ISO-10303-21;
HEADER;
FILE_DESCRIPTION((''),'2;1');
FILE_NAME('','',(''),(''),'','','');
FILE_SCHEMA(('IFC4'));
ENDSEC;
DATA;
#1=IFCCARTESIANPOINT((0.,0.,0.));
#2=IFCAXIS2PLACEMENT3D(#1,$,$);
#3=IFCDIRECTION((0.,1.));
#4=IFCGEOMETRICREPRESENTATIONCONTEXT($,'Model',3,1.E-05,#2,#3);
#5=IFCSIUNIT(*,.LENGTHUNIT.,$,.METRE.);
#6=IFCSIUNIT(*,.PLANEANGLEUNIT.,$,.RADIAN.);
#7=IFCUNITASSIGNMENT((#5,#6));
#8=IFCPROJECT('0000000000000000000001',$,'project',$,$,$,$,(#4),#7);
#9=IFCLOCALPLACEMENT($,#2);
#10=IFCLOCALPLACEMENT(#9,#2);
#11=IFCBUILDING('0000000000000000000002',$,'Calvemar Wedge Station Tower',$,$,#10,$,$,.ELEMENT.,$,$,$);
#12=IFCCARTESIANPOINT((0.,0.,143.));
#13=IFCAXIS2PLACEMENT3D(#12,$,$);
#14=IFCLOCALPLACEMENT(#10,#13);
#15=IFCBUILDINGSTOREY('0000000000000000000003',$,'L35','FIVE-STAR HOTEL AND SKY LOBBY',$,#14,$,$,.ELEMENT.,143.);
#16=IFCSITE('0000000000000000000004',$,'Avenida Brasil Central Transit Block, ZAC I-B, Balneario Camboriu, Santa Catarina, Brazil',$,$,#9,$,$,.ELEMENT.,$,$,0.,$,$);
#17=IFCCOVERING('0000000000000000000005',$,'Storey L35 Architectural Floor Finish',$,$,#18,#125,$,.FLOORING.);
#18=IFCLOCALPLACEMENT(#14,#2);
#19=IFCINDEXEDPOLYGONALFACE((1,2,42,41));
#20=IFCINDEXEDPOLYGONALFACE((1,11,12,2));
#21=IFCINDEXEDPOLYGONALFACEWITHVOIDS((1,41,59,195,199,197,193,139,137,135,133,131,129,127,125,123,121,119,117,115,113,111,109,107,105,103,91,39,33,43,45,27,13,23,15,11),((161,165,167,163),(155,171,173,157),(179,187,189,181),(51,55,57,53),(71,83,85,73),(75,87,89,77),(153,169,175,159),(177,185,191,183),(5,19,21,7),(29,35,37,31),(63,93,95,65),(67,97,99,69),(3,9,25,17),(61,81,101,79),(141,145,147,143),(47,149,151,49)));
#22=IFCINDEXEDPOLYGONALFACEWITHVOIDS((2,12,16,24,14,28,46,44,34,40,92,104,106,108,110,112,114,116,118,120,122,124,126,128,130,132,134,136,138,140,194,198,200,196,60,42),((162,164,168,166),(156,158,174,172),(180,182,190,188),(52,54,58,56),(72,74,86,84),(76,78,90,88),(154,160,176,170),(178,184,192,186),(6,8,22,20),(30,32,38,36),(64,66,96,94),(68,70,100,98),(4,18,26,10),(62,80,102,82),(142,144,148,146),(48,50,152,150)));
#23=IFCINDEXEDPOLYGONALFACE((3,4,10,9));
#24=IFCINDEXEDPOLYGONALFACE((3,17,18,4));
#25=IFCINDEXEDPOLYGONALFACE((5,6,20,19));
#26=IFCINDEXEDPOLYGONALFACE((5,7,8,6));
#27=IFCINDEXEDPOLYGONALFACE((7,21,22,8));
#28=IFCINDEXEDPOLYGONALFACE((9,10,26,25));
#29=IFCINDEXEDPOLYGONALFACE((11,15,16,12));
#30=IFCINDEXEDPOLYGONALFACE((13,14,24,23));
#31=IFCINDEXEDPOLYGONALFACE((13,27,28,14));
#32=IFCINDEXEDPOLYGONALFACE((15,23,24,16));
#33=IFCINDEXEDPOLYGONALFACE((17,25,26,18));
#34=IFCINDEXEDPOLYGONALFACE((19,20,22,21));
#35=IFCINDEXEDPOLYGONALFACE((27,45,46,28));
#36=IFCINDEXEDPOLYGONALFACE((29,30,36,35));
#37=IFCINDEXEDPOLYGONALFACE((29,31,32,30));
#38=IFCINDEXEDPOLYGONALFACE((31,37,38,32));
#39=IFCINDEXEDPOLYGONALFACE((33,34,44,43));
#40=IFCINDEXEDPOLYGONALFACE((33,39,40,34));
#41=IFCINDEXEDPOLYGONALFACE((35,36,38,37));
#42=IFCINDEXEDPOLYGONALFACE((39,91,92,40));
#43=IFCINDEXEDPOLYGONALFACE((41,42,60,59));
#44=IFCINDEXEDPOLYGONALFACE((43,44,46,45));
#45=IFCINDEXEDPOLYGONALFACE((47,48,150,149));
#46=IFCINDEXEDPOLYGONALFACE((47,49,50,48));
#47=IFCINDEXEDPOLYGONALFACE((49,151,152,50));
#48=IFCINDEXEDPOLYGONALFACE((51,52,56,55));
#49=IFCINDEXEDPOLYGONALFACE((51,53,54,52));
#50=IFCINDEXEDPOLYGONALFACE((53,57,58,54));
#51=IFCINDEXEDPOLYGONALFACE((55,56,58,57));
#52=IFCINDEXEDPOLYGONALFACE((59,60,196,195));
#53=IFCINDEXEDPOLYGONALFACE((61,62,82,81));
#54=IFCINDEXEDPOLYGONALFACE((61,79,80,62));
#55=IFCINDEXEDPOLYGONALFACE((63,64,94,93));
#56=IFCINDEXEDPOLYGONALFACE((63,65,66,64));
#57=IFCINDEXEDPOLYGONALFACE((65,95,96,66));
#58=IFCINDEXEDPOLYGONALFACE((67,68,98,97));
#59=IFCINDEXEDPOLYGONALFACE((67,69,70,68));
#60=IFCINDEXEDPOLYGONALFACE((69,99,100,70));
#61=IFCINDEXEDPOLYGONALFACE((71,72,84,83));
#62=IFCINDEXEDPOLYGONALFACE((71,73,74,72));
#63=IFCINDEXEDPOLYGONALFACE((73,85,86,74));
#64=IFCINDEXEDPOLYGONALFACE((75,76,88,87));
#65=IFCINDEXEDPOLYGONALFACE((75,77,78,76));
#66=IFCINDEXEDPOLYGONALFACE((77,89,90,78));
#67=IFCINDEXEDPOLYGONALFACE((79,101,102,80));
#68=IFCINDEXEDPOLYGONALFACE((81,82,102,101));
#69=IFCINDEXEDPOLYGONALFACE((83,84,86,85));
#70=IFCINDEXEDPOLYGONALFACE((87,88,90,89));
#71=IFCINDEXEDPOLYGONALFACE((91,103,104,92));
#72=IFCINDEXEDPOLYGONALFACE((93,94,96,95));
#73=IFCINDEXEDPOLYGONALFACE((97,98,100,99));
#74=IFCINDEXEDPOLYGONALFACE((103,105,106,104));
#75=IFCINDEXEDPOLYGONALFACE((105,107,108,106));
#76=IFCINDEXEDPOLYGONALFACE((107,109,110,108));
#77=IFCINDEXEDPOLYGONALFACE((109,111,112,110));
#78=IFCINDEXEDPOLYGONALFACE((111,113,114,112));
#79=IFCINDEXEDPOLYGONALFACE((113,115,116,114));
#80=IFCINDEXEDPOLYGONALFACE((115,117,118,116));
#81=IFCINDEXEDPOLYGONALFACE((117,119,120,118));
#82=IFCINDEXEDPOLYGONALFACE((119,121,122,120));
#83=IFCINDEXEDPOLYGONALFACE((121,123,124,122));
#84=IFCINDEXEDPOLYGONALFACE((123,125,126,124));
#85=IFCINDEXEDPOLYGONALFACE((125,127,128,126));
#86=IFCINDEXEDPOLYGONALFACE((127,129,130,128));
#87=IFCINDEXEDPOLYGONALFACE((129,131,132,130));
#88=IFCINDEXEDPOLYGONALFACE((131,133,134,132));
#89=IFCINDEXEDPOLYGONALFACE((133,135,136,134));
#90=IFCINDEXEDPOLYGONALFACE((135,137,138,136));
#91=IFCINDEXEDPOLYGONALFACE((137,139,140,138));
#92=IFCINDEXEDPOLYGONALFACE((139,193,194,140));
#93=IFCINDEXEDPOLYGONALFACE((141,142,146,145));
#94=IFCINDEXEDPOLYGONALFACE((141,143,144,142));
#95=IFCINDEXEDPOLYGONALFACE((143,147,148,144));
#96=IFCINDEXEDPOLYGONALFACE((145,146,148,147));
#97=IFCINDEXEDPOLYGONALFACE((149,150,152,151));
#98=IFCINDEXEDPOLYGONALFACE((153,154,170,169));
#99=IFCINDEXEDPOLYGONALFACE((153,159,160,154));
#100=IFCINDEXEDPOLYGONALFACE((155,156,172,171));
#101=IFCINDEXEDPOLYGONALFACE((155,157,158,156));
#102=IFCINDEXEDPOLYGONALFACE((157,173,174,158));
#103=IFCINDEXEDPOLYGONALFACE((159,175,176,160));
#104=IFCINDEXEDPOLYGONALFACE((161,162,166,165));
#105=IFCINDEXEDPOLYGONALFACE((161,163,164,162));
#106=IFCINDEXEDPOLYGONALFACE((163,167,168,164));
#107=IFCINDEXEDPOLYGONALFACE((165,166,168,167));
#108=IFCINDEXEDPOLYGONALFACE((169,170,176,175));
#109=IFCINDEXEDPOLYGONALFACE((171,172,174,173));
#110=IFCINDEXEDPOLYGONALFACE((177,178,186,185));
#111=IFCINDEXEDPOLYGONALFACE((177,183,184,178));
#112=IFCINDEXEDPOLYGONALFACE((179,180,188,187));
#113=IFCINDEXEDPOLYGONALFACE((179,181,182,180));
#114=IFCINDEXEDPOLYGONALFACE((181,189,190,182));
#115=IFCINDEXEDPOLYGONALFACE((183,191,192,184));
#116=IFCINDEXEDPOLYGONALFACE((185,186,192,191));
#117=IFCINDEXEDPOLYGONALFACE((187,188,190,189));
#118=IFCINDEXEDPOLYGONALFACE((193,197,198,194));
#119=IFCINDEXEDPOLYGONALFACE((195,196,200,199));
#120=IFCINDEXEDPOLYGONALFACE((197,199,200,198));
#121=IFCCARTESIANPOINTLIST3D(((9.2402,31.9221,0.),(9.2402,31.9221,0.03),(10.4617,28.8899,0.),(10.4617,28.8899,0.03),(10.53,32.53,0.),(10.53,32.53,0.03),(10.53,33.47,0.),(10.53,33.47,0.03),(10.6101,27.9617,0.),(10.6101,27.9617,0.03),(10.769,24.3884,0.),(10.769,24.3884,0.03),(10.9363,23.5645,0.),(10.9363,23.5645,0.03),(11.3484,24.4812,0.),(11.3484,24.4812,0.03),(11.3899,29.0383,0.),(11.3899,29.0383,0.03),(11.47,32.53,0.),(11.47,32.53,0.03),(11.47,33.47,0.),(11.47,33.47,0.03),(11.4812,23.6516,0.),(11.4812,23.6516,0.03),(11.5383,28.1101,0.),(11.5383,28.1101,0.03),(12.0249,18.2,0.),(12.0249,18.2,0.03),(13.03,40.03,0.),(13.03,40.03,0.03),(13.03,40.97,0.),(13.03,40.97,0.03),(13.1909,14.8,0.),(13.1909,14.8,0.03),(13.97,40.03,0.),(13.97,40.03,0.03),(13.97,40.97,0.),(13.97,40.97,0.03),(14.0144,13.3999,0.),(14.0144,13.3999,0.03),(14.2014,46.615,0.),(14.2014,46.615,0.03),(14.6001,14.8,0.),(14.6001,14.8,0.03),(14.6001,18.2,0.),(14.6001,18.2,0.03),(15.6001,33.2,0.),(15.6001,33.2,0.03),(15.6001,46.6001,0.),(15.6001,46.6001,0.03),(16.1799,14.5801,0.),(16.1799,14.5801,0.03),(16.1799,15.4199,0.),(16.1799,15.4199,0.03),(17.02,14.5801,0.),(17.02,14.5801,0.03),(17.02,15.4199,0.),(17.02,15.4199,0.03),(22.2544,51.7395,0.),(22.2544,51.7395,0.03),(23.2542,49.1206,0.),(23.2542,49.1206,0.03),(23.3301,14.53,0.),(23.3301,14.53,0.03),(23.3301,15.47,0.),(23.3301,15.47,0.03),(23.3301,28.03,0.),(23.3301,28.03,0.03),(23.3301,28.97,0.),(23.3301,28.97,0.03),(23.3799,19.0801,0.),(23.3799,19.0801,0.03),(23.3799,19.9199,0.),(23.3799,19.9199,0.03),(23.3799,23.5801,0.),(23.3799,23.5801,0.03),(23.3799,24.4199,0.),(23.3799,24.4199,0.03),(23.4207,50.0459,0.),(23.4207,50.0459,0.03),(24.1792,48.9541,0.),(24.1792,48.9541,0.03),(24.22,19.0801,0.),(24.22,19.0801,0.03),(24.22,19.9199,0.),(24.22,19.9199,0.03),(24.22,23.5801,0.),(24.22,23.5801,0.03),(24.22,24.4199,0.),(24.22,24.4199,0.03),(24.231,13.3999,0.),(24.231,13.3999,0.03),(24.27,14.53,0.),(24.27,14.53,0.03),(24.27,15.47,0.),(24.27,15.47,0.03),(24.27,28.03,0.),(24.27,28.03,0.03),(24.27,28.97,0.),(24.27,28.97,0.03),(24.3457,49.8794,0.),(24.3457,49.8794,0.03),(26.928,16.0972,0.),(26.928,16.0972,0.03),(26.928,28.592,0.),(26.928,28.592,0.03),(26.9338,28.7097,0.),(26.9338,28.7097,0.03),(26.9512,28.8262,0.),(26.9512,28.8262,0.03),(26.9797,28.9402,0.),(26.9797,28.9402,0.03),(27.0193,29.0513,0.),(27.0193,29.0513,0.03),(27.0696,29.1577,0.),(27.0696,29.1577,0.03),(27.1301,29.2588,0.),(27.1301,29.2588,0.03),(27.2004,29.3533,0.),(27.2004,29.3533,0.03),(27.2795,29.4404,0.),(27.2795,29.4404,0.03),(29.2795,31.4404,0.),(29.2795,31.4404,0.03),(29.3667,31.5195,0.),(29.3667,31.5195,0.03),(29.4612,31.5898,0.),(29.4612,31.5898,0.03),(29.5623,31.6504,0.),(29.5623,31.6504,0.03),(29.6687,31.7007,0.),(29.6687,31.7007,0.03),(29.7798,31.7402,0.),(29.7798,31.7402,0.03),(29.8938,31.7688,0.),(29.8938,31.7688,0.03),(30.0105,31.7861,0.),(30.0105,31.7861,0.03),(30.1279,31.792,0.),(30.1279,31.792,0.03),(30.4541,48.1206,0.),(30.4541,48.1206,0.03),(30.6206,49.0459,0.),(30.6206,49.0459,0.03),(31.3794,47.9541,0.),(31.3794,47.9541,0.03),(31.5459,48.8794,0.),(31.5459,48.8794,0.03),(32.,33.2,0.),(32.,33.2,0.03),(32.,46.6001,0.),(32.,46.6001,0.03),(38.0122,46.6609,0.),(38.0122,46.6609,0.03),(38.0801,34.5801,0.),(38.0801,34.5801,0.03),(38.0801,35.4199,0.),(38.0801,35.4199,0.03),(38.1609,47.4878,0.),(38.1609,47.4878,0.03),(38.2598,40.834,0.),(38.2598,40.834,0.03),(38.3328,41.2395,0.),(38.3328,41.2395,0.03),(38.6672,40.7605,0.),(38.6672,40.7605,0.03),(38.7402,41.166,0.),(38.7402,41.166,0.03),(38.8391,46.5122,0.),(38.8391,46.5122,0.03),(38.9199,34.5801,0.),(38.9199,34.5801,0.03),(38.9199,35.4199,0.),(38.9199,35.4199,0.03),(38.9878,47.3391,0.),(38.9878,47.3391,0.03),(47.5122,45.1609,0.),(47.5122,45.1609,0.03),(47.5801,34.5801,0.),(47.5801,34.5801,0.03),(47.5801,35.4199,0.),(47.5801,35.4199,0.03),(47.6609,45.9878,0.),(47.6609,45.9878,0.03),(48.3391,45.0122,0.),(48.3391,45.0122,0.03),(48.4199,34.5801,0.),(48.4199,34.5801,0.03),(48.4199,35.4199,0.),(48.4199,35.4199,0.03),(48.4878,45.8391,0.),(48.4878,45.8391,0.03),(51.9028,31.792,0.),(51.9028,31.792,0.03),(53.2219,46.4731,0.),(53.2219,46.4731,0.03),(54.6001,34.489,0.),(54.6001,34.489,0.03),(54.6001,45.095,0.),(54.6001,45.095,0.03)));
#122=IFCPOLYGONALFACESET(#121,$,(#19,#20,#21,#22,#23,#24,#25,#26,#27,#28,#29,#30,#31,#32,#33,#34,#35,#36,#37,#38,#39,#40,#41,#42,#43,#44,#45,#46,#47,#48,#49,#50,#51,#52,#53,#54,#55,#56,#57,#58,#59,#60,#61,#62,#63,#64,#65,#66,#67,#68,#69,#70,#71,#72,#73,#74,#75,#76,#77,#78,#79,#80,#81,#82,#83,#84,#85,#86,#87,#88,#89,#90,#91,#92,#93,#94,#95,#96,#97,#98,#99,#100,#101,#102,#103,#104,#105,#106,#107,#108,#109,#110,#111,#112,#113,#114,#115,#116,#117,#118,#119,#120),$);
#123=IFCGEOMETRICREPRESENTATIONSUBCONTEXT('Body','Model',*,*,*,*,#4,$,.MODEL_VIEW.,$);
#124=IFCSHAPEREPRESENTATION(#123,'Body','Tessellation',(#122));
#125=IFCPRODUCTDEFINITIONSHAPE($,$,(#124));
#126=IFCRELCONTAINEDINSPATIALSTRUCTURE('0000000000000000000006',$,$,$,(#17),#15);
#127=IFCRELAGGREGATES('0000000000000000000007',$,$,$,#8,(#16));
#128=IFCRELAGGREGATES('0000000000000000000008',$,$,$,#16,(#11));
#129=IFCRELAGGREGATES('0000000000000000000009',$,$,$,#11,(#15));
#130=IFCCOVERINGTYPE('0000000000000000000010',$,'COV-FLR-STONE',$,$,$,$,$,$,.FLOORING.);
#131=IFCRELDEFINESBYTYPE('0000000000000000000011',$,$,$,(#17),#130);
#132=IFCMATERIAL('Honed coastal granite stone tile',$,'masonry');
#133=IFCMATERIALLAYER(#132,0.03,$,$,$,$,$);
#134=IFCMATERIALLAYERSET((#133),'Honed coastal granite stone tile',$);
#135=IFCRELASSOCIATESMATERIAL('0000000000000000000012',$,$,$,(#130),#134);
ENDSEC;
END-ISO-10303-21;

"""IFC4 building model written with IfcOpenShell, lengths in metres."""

from ifc_helpers import new_model, si_unit, direction, frame, origin, place, context, subcontext, project, spatial, polyline, outline, extrude, material, layer, layer_set, type_object, element, save


model = new_model("IFC4")

# Units and contexts
model_context = context("Model", 3, precision=1e-05, world=origin(), true_north=direction((0.0, 1.0)))
body_context = subcontext(model_context, "Body", "Model", "MODEL_VIEW")
ifc_project = project(units=[si_unit("LENGTHUNIT", "METRE"), si_unit("PLANEANGLEUNIT", "RADIAN")], contexts=[model_context])

# Site, building, storey
site_placement = place(None, origin())
site = spatial("IfcSite", under=ifc_project, at=site_placement, Name="Avenida Brasil Central Transit Block, ZAC I-B, Balneario Camboriu, Santa Catarina, Brazil", CompositionType="ELEMENT", RefElevation=0.0)
building_placement = place(site_placement, origin())
building = spatial("IfcBuilding", under=site, at=building_placement, Name="Calvemar Wedge Station Tower", CompositionType="ELEMENT")
storey_placement = place(building_placement, frame((0.0, 0.0, 143.0)))
storey = spatial("IfcBuildingStorey", under=building, at=storey_placement, Name="L35", Description="FIVE-STAR HOTEL AND SKY LOBBY", CompositionType="ELEMENT", Elevation=143.0)

# Covering
ifc_material_1 = material(Name="Honed coastal granite stone tile", Category="masonry")
ifc_layer_1 = layer(ifc_material_1, 0.03)
ifc_layer_set_1 = layer_set([ifc_layer_1], Name="Honed coastal granite stone tile")
covering_type_1 = type_object("IfcCoveringType", Name="COV-FLR-STONE", PredefinedType="FLOORING", material=ifc_layer_set_1)
covering_1_placement = place(storey_placement, origin())
element("IfcCovering", 1, at=covering_1_placement, inside=storey, type_object=covering_type_1, Name="Storey L35 Architectural Floor Finish", PredefinedType="FLOORING", context=body_context, shape_type="SweptSolid", body=[
    extrude(outline(polyline([(27.2795, 29.4404), (29.2795, 31.4404), (29.3667, 31.5195), (29.4612, 31.5898), (29.5623, 31.6504), (29.6687, 31.7007), (29.7798, 31.7402), (29.8938, 31.7688), (30.0105, 31.7861), (30.1279, 31.792), (51.9028, 31.792), (54.6001, 34.489), (54.6001, 45.095), (53.2219, 46.4731), (22.2544, 51.7395), (14.2014, 46.615), (9.2402, 31.9221), (10.769, 24.3884), (11.3484, 24.4812), (11.4812, 23.6516), (10.9363, 23.5645), (12.0249, 18.2), (14.6001, 18.2), (14.6001, 14.8), (13.1909, 14.8), (14.0144, 13.3999), (24.231, 13.3999), (26.928, 16.0972), (26.928, 28.592), (26.9338, 28.7097), (26.9512, 28.8262), (26.9797, 28.9402), (27.0193, 29.0513), (27.0696, 29.1577), (27.1301, 29.2588), (27.2004, 29.3533), (27.2795, 29.4404)]), holes=[polyline([(15.6001, 46.6001), (32.0, 46.6001), (32.0, 33.2), (15.6001, 33.2), (15.6001, 46.6001)]), polyline([(10.53, 32.53), (10.53, 33.47), (11.47, 33.47), (11.47, 32.53), (10.53, 32.53)]), polyline([(13.03, 40.97), (13.97, 40.97), (13.97, 40.03), (13.03, 40.03), (13.03, 40.97)]), polyline([(24.3457, 49.8794), (24.1792, 48.9541), (23.2542, 49.1206), (23.4207, 50.0459), (24.3457, 49.8794)]), polyline([(31.3794, 47.9541), (30.4541, 48.1206), (30.6206, 49.0459), (31.5459, 48.8794), (31.3794, 47.9541)]), polyline([(38.0122, 46.6609), (38.1609, 47.4878), (38.9878, 47.3391), (38.8391, 46.5122), (38.0122, 46.6609)]), polyline([(47.6609, 45.9878), (48.4878, 45.8391), (48.3391, 45.0122), (47.5122, 45.1609), (47.6609, 45.9878)]), polyline([(38.9199, 35.4199), (38.9199, 34.5801), (38.0801, 34.5801), (38.0801, 35.4199), (38.9199, 35.4199)]), polyline([(48.4199, 34.5801), (47.5801, 34.5801), (47.5801, 35.4199), (48.4199, 35.4199), (48.4199, 34.5801)]), polyline([(38.2598, 40.834), (38.3328, 41.2395), (38.7402, 41.166), (38.6672, 40.7605), (38.2598, 40.834)]), polyline([(11.3899, 29.0383), (11.5383, 28.1101), (10.6101, 27.9617), (10.4617, 28.8899), (11.3899, 29.0383)]), polyline([(24.27, 28.03), (23.3301, 28.03), (23.3301, 28.97), (24.27, 28.97), (24.27, 28.03)]), polyline([(23.3799, 23.5801), (23.3799, 24.4199), (24.22, 24.4199), (24.22, 23.5801), (23.3799, 23.5801)]), polyline([(23.3799, 19.9199), (24.22, 19.9199), (24.22, 19.0801), (23.3799, 19.0801), (23.3799, 19.9199)]), polyline([(24.27, 15.47), (24.27, 14.53), (23.3301, 14.53), (23.3301, 15.47), (24.27, 15.47)]), polyline([(17.02, 14.5801), (16.1799, 14.5801), (16.1799, 15.4199), (17.02, 15.4199), (17.02, 14.5801)])]), origin(), (0.0, 0.0, 1.0), 0.03),
])

save(model, "model.ifc")
